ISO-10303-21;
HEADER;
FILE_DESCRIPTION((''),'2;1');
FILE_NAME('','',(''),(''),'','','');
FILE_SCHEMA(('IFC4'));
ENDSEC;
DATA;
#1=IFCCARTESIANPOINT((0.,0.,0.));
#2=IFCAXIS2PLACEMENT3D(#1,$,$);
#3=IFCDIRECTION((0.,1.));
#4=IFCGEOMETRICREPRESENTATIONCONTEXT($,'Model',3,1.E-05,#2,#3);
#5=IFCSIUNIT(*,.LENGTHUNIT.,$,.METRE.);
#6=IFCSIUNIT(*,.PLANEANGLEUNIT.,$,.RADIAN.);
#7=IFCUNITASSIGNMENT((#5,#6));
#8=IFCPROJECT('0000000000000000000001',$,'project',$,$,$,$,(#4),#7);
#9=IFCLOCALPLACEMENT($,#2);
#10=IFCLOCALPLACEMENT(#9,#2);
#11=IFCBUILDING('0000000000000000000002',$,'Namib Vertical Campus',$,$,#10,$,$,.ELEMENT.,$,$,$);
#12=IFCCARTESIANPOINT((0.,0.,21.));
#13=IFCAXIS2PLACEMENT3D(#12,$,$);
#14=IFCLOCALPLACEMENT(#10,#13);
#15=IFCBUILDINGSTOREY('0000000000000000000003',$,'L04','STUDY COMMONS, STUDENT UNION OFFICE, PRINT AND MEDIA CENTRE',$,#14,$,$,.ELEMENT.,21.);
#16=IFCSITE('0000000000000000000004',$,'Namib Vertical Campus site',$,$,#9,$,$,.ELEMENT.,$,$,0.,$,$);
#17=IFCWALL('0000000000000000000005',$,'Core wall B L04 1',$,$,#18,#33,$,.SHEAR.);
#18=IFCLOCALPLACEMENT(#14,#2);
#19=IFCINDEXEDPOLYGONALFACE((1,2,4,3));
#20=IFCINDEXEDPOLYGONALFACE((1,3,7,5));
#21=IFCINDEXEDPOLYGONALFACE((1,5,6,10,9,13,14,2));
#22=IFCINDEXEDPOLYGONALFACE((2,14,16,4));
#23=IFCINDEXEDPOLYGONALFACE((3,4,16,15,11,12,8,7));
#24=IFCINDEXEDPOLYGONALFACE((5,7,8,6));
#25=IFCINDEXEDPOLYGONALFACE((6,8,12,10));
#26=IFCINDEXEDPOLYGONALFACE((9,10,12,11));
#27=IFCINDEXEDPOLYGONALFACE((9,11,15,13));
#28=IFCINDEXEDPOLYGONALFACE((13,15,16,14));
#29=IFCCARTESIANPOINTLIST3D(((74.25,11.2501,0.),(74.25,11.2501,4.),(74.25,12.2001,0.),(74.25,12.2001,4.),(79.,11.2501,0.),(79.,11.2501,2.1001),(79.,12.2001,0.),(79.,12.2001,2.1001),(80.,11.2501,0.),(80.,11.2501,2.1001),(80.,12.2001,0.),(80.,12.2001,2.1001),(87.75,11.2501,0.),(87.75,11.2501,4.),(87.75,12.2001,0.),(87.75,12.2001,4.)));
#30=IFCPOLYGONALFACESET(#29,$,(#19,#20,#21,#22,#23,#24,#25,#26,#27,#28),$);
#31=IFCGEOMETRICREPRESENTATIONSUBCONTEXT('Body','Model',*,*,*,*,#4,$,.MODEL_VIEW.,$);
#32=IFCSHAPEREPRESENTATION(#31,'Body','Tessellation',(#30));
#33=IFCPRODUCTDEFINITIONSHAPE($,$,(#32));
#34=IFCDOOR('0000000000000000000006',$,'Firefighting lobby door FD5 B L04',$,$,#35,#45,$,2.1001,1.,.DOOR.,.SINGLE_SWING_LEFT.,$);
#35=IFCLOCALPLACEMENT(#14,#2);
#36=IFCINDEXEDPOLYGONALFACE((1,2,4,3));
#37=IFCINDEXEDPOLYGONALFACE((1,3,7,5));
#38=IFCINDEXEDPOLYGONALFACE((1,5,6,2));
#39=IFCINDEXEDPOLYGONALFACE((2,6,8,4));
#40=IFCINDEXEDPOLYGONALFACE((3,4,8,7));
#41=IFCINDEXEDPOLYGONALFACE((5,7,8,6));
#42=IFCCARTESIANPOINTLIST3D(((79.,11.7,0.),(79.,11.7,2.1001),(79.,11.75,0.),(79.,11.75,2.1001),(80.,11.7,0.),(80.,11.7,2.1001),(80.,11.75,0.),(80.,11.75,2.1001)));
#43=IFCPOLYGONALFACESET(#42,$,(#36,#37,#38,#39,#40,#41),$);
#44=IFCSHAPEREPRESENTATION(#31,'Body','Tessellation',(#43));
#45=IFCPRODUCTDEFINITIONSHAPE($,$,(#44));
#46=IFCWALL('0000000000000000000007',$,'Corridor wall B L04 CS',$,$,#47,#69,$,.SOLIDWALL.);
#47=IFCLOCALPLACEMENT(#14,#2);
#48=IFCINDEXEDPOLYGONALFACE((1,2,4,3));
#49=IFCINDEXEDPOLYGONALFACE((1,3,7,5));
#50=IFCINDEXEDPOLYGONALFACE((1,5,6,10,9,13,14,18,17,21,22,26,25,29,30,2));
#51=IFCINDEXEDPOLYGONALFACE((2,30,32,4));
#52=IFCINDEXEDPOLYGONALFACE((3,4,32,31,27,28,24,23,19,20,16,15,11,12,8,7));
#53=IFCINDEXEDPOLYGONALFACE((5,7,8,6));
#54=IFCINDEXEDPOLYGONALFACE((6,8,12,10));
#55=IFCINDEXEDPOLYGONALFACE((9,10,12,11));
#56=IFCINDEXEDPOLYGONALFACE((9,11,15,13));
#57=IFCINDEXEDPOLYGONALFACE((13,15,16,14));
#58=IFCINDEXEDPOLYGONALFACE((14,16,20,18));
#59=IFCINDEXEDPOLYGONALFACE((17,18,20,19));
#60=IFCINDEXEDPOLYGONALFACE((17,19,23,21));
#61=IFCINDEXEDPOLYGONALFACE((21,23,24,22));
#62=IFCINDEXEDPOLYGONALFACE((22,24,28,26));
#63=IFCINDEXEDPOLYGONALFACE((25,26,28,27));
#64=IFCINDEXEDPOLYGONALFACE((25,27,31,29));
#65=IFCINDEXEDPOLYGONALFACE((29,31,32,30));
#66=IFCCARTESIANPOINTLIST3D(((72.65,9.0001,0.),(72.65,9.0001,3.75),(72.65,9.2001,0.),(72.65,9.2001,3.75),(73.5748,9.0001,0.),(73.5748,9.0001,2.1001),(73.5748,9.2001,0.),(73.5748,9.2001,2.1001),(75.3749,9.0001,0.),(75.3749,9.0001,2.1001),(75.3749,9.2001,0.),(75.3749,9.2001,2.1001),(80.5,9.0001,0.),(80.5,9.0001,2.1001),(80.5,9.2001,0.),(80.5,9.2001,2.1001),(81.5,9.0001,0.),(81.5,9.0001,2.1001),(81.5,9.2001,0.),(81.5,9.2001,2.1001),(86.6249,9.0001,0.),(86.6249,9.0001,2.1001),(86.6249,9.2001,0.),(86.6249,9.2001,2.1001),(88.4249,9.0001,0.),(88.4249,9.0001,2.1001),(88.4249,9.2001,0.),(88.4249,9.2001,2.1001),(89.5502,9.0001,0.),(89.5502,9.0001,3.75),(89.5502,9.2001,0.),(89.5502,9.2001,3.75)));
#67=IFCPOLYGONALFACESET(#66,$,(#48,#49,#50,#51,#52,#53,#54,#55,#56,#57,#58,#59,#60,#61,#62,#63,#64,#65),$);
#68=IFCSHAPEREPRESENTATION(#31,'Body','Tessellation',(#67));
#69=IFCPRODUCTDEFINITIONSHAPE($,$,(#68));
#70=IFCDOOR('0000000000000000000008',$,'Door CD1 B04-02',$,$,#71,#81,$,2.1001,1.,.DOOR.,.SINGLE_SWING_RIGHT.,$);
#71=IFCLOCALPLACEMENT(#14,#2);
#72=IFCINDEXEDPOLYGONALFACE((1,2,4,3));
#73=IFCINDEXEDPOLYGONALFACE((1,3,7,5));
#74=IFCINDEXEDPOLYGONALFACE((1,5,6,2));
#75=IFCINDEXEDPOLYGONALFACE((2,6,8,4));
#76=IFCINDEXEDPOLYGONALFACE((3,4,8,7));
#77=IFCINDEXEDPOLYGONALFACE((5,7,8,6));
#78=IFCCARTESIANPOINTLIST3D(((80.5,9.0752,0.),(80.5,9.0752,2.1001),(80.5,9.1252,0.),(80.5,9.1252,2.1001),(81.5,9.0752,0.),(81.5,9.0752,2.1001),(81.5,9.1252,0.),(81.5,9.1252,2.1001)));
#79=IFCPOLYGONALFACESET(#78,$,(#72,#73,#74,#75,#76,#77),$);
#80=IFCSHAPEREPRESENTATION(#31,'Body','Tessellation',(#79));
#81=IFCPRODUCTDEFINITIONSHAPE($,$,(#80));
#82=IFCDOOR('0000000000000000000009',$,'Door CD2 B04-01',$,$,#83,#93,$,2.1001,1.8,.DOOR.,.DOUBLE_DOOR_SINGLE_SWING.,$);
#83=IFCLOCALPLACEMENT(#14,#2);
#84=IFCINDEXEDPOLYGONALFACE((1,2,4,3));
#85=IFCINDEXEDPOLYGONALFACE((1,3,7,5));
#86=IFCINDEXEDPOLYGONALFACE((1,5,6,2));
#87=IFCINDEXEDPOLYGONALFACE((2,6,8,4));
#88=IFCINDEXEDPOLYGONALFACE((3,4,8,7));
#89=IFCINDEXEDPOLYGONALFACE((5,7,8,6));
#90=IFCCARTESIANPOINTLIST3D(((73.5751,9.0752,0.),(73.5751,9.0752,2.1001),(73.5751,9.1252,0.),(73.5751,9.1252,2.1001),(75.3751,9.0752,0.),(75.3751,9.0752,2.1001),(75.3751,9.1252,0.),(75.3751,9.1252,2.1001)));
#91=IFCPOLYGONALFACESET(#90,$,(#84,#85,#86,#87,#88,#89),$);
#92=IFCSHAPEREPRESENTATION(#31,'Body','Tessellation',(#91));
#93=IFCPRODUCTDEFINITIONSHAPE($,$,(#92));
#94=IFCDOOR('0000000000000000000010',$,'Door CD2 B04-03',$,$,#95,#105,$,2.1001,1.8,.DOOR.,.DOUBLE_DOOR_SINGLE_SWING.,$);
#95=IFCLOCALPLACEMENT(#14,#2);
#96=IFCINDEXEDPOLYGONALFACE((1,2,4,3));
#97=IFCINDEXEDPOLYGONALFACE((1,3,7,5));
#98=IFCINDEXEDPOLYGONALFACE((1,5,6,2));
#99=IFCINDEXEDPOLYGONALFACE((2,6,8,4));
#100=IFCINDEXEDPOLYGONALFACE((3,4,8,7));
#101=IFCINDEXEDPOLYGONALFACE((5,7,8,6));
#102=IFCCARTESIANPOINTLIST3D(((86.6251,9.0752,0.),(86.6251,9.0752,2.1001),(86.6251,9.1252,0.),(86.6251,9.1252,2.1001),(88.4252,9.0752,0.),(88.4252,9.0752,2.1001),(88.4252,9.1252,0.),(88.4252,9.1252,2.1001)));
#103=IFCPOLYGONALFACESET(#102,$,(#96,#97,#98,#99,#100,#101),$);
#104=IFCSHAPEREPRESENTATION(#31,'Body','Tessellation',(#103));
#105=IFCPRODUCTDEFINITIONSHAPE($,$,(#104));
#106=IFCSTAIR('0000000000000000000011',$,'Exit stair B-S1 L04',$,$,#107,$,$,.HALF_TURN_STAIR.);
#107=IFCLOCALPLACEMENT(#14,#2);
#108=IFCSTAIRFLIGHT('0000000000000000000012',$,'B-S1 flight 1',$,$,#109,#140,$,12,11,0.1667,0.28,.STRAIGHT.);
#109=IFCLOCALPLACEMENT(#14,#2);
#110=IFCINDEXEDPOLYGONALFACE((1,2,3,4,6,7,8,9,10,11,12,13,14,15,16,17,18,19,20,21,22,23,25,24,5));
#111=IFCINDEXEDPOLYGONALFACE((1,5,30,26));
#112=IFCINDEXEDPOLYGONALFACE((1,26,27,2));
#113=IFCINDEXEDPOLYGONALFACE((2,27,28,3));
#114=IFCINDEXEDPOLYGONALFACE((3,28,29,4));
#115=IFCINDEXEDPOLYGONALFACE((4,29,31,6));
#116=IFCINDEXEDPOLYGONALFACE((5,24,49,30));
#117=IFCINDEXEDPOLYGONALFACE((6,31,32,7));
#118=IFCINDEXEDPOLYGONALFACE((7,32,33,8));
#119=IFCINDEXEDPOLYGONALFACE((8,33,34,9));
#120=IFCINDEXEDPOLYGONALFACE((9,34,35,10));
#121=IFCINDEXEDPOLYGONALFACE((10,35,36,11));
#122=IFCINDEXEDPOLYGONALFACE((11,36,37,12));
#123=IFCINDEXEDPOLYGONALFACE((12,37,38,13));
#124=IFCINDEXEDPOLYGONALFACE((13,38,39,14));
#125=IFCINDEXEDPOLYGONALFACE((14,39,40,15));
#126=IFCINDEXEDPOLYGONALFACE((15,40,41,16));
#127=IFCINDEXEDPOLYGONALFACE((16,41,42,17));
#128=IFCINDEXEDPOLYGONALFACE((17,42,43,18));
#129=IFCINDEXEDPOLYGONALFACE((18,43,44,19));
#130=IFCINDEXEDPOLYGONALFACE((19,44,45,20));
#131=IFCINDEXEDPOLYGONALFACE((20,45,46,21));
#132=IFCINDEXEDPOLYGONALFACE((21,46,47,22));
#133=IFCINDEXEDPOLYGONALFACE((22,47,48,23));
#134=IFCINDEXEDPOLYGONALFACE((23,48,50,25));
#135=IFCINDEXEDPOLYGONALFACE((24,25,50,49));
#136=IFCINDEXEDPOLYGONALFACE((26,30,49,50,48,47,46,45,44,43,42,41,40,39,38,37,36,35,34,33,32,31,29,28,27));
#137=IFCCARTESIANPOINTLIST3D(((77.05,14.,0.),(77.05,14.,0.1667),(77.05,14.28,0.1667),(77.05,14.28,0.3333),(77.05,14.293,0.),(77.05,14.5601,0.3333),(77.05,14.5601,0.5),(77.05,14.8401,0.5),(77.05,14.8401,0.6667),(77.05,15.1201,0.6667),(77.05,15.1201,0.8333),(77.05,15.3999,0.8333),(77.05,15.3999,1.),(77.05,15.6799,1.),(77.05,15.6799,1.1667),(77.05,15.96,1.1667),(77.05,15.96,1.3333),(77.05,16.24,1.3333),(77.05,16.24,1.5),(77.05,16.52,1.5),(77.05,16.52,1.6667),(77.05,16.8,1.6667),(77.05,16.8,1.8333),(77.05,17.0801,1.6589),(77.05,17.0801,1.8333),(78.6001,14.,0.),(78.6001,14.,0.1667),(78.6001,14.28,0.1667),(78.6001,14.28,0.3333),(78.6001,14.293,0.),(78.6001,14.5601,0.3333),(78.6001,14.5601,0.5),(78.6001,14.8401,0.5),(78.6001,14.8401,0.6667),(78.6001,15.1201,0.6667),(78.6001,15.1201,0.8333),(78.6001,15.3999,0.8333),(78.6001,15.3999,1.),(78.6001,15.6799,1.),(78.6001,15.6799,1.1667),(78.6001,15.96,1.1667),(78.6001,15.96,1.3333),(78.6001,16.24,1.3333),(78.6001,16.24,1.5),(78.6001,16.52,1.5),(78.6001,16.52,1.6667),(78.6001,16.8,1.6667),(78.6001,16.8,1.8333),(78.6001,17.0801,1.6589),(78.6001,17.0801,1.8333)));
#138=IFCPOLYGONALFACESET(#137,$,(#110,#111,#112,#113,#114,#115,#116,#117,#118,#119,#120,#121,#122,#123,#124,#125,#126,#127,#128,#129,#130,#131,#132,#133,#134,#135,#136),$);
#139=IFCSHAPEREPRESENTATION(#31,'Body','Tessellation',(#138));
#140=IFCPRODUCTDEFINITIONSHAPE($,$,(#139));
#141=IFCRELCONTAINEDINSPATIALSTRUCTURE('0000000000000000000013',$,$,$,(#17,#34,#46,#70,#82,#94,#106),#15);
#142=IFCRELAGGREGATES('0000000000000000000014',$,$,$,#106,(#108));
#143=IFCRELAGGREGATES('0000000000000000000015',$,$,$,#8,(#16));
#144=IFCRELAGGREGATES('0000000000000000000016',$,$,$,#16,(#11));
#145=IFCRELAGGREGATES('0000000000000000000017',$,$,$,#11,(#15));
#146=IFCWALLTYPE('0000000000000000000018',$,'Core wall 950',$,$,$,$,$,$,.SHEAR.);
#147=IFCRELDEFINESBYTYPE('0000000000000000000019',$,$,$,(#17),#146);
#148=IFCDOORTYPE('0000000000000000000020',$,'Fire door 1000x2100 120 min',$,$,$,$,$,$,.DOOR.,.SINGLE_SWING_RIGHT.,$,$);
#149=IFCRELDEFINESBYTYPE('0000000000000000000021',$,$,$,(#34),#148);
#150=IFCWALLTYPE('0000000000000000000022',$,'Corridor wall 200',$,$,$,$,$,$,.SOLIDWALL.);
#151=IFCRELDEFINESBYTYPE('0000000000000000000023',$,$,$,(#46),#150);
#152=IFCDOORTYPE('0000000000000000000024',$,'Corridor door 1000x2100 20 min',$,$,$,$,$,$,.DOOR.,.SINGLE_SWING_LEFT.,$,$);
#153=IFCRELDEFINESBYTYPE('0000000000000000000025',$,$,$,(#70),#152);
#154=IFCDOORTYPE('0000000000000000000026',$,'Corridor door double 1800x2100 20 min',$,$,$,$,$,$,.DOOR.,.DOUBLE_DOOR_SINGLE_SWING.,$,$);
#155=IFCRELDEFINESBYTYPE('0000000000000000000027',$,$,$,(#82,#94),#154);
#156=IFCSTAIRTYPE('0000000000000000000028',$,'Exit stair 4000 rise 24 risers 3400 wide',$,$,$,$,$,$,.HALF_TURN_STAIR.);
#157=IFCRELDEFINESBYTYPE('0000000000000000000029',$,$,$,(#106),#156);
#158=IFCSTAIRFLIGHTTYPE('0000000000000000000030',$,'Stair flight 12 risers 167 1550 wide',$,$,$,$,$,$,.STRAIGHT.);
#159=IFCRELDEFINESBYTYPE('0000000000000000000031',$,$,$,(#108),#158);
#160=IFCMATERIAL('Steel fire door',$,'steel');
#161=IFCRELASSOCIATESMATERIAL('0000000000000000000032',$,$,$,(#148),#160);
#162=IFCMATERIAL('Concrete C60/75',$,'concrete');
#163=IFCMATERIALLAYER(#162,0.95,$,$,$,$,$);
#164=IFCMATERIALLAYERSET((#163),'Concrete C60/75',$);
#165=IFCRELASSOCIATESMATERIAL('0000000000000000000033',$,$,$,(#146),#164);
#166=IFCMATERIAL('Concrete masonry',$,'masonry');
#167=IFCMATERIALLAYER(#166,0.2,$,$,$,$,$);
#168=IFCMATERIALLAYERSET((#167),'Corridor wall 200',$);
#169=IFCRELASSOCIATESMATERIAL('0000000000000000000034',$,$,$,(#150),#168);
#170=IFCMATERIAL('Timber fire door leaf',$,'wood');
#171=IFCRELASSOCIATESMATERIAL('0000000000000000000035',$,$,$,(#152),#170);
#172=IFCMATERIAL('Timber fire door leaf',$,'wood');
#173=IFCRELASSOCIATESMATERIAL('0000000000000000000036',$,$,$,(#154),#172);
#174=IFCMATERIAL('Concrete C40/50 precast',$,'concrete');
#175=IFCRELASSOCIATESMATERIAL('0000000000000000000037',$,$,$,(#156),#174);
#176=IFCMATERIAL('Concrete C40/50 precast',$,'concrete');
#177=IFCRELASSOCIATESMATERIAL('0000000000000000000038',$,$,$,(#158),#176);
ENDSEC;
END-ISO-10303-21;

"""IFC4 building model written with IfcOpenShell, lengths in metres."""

from ifc_helpers import new_model, si_unit, direction, frame, frame_2d, origin, place, context, subcontext, project, spatial, polyline, rectangle, outline, extrude, material, layer, layer_set, type_object, element, fill, aggregate, save


model = new_model("IFC4")

# Units and contexts
model_context = context("Model", 3, precision=1e-05, world=origin(), true_north=direction((0.0, 1.0)))
body_context = subcontext(model_context, "Body", "Model", "MODEL_VIEW")
ifc_project = project(units=[si_unit("LENGTHUNIT", "METRE"), si_unit("PLANEANGLEUNIT", "RADIAN")], contexts=[model_context])

# Site, building, storey
site_placement = place(None, origin())
site = spatial("IfcSite", under=ifc_project, at=site_placement, Name="Namib Vertical Campus site", CompositionType="ELEMENT", RefElevation=0.0)
building_placement = place(site_placement, origin())
building = spatial("IfcBuilding", under=site, at=building_placement, Name="Namib Vertical Campus", CompositionType="ELEMENT")
storey_placement = place(building_placement, frame((0.0, 0.0, 21.0)))
storey = spatial("IfcBuildingStorey", under=building, at=storey_placement, Name="L04", Description="STUDY COMMONS, STUDENT UNION OFFICE, PRINT AND MEDIA CENTRE", CompositionType="ELEMENT", Elevation=21.0)

# Shared definitions
ifc_material_1 = material(Name="Steel fire door", Category="steel")
door_type_1 = type_object("IfcDoorType", Name="Fire door 1000x2100 120 min", OperationType="SINGLE_SWING_RIGHT", PredefinedType="DOOR", material=ifc_material_1)

# Wall, opening, door
ifc_material_2 = material(Name="Concrete C60/75", Category="concrete")
ifc_layer_1 = layer(ifc_material_2, 0.95)
ifc_layer_set_1 = layer_set([ifc_layer_1], Name="Concrete C60/75")
wall_type_1 = type_object("IfcWallType", Name="Core wall 950", PredefinedType="SHEAR", material=ifc_layer_set_1)
wall_1_placement = place(storey_placement, frame((74.25, 11.7251, 0.0), z_axis=(0.0, 0.0, 1.0), x_axis=(1.0, 0.0, 0.0)))
wall_1 = element("IfcWall", 1, at=wall_1_placement, inside=storey, type_object=wall_type_1, Name="Core wall B L04 1", PredefinedType="SHEAR", context=body_context, shape_type="SweptSolid", body=[
    extrude(rectangle(XDim=13.5, YDim=0.95, at=frame_2d((6.75, 0.0))), origin(), (0.0, 0.0, 1.0), 4.0),
])
opening_1_placement = place(wall_1_placement, frame((4.75, 0.0, 0.0)))
opening_1 = element("IfcOpeningElement", 2, at=opening_1_placement, cuts=wall_1, PredefinedType="OPENING", context=body_context, shape_type="SweptSolid", body=[
    extrude(rectangle(XDim=1.0, YDim=2.1001, at=frame_2d((0.5, 1.05))), frame((0.0, 0.4849, 0.0), z_axis=(0.0, -1.0, 0.0), x_axis=(1.0, 0.0, 0.0)), (0.0, 0.0, 1.0), 0.97),
])
door_1_placement = place(opening_1_placement, origin())
door_1 = element("IfcDoor", 3, at=door_1_placement, inside=storey, type_object=door_type_1, Name="Firefighting lobby door FD5 B L04", OperationType="SINGLE_SWING_LEFT", OverallHeight=2.1001, OverallWidth=1.0, PredefinedType="DOOR", context=body_context, shape_type="SweptSolid", body=[
    extrude(rectangle(XDim=1.0, YDim=2.1001, at=frame_2d((0.5, 1.05))), frame((0.0, 0.0249, 0.0), z_axis=(0.0, -1.0, 0.0), x_axis=(1.0, 0.0, 0.0)), (0.0, 0.0, 1.0), 0.05),
])
fill(opening_1, door_1)

# Wall, openings, doors
ifc_material_3 = material(Name="Concrete masonry", Category="masonry")
ifc_layer_2 = layer(ifc_material_3, 0.2)
ifc_layer_set_2 = layer_set([ifc_layer_2], Name="Corridor wall 200")
wall_type_2 = type_object("IfcWallType", Name="Corridor wall 200", PredefinedType="SOLIDWALL", material=ifc_layer_set_2)
wall_2_placement = place(storey_placement, frame((72.6499, 9.1001, 0.0), z_axis=(0.0, 0.0, 1.0), x_axis=(1.0, 0.0, 0.0)))
wall_2 = element("IfcWall", 4, at=wall_2_placement, inside=storey, type_object=wall_type_2, Name="Corridor wall B L04 CS", PredefinedType="SOLIDWALL", context=body_context, shape_type="SweptSolid", body=[
    extrude(rectangle(XDim=16.9001, YDim=0.2, at=frame_2d((8.4502, 0.0))), origin(), (0.0, 0.0, 1.0), 3.75),
])
opening_2_placement = place(wall_2_placement, frame((0.925, 0.0, 0.0)))
opening_2 = element("IfcOpeningElement", 5, at=opening_2_placement, cuts=wall_2, PredefinedType="OPENING", context=body_context, shape_type="SweptSolid", body=[
    extrude(rectangle(XDim=1.8, YDim=2.1001, at=frame_2d((0.8999, 1.05))), frame((0.0, 0.1099, 0.0), z_axis=(0.0, -1.0, 0.0), x_axis=(1.0, 0.0, 0.0)), (0.0, 0.0, 1.0), 0.22),
])
opening_3_placement = place(wall_2_placement, frame((7.8501, 0.0, 0.0)))
opening_3 = element("IfcOpeningElement", 6, at=opening_3_placement, cuts=wall_2, PredefinedType="OPENING", context=body_context, shape_type="SweptSolid", body=[
    extrude(rectangle(XDim=1.0, YDim=2.1001, at=frame_2d((0.5, 1.05))), frame((0.0, 0.1099, 0.0), z_axis=(0.0, -1.0, 0.0), x_axis=(1.0, 0.0, 0.0)), (0.0, 0.0, 1.0), 0.22),
])
opening_4_placement = place(wall_2_placement, frame((13.9751, 0.0, 0.0)))
opening_4 = element("IfcOpeningElement", 7, at=opening_4_placement, cuts=wall_2, PredefinedType="OPENING", context=body_context, shape_type="SweptSolid", body=[
    extrude(rectangle(XDim=1.8, YDim=2.1001, at=frame_2d((0.8999, 1.05))), frame((0.0, 0.1099, 0.0), z_axis=(0.0, -1.0, 0.0), x_axis=(1.0, 0.0, 0.0)), (0.0, 0.0, 1.0), 0.22),
])
ifc_material_4 = material(Name="Timber fire door leaf", Category="wood")
door_type_2 = type_object("IfcDoorType", Name="Corridor door 1000x2100 20 min", OperationType="SINGLE_SWING_LEFT", PredefinedType="DOOR", material=ifc_material_4)
door_2_placement = place(opening_3_placement, frame((1.0, 0.0, 0.0), z_axis=(0.0, 0.0, 1.0), x_axis=(-1.0, 0.0, 0.0)))
door_2 = element("IfcDoor", 8, at=door_2_placement, inside=storey, type_object=door_type_2, Name="Door CD1 B04-02", OperationType="SINGLE_SWING_RIGHT", OverallHeight=2.1001, OverallWidth=1.0, PredefinedType="DOOR", context=body_context, shape_type="SweptSolid", body=[
    extrude(rectangle(XDim=1.0, YDim=2.1001, at=frame_2d((0.5, 1.05))), frame((0.0, 0.0249, 0.0), z_axis=(0.0, -1.0, 0.0), x_axis=(1.0, 0.0, 0.0)), (0.0, 0.0, 1.0), 0.05),
])
fill(opening_3, door_2)
ifc_material_5 = material(Name="Timber fire door leaf", Category="wood")
door_type_3 = type_object("IfcDoorType", Name="Corridor door double 1800x2100 20 min", OperationType="DOUBLE_DOOR_SINGLE_SWING", PredefinedType="DOOR", material=ifc_material_5)
door_3_placement = place(opening_2_placement, frame((1.8, 0.0, 0.0), z_axis=(0.0, 0.0, 1.0), x_axis=(-1.0, 0.0, 0.0)))
door_3 = element("IfcDoor", 9, at=door_3_placement, inside=storey, type_object=door_type_3, Name="Door CD2 B04-01", OperationType="DOUBLE_DOOR_SINGLE_SWING", OverallHeight=2.1001, OverallWidth=1.8, PredefinedType="DOOR", context=body_context, shape_type="SweptSolid", body=[
    extrude(rectangle(XDim=1.8, YDim=2.1001, at=frame_2d((0.8999, 1.05))), frame((0.0, 0.0249, 0.0), z_axis=(0.0, -1.0, 0.0), x_axis=(1.0, 0.0, 0.0)), (0.0, 0.0, 1.0), 0.05),
])
fill(opening_2, door_3)
door_4_placement = place(opening_4_placement, frame((1.8, 0.0, 0.0), z_axis=(0.0, 0.0, 1.0), x_axis=(-1.0, 0.0, 0.0)))
door_4 = element("IfcDoor", 10, at=door_4_placement, inside=storey, type_object=door_type_3, Name="Door CD2 B04-03", OperationType="DOUBLE_DOOR_SINGLE_SWING", OverallHeight=2.1001, OverallWidth=1.8, PredefinedType="DOOR", context=body_context, shape_type="SweptSolid", body=[
    extrude(rectangle(XDim=1.8, YDim=2.1001, at=frame_2d((0.8999, 1.05))), frame((0.0, 0.0249, 0.0), z_axis=(0.0, -1.0, 0.0), x_axis=(1.0, 0.0, 0.0)), (0.0, 0.0, 1.0), 0.05),
])
fill(opening_4, door_4)

# Stair, stair flight
ifc_material_6 = material(Name="Concrete C40/50 precast", Category="concrete")
stair_type = type_object("IfcStairType", Name="Exit stair 4000 rise 24 risers 3400 wide", PredefinedType="HALF_TURN_STAIR", material=ifc_material_6)
stair_placement = place(storey_placement, origin())
stair = element("IfcStair", 11, at=stair_placement, inside=storey, type_object=stair_type, Name="Exit stair B-S1 L04", PredefinedType="HALF_TURN_STAIR")
ifc_material_7 = material(Name="Concrete C40/50 precast", Category="concrete")
stair_flight_type = type_object("IfcStairFlightType", Name="Stair flight 12 risers 167 1550 wide", PredefinedType="STRAIGHT", material=ifc_material_7)
stair_flight_1_placement = place(storey_placement, frame((77.825, 14.0, 0.0), z_axis=(0.0, 0.0, 1.0), x_axis=(0.0, 1.0, 0.0)))
stair_flight_1 = element("IfcStairFlight", 12, at=stair_flight_1_placement, type_object=stair_flight_type, Name="B-S1 flight 1", NumberOfRisers=12, NumberOfTreads=11, PredefinedType="STRAIGHT", RiserHeight=0.1667, TreadLength=0.28, context=body_context, shape_type="SweptSolid", body=[
    extrude(outline(polyline([(0.0, 0.0), (0.0, 0.1667), (0.28, 0.1667), (0.28, 0.3333), (0.5601, 0.3333), (0.5601, 0.5), (0.8401, 0.5), (0.8401, 0.6667), (1.1201, 0.6667), (1.1201, 0.8333), (1.3999, 0.8333), (1.3999, 1.0), (1.6799, 1.0), (1.6799, 1.1667), (1.96, 1.1667), (1.96, 1.3333), (2.24, 1.3333), (2.24, 1.5), (2.52, 1.5), (2.52, 1.6667), (2.8, 1.6667), (2.8, 1.8333), (3.0801, 1.8333), (3.0801, 2.0), (3.0801, 1.6589), (0.293, 0.0), (0.0, 0.0)])), frame((0.0, 0.7749, 0.0), z_axis=(0.0, -1.0, 0.0), x_axis=(1.0, 0.0, 0.0)), (0.0, 0.0, 1.0), 1.55),
])
aggregate(stair, [stair_flight_1])

save(model, "model.ifc")
